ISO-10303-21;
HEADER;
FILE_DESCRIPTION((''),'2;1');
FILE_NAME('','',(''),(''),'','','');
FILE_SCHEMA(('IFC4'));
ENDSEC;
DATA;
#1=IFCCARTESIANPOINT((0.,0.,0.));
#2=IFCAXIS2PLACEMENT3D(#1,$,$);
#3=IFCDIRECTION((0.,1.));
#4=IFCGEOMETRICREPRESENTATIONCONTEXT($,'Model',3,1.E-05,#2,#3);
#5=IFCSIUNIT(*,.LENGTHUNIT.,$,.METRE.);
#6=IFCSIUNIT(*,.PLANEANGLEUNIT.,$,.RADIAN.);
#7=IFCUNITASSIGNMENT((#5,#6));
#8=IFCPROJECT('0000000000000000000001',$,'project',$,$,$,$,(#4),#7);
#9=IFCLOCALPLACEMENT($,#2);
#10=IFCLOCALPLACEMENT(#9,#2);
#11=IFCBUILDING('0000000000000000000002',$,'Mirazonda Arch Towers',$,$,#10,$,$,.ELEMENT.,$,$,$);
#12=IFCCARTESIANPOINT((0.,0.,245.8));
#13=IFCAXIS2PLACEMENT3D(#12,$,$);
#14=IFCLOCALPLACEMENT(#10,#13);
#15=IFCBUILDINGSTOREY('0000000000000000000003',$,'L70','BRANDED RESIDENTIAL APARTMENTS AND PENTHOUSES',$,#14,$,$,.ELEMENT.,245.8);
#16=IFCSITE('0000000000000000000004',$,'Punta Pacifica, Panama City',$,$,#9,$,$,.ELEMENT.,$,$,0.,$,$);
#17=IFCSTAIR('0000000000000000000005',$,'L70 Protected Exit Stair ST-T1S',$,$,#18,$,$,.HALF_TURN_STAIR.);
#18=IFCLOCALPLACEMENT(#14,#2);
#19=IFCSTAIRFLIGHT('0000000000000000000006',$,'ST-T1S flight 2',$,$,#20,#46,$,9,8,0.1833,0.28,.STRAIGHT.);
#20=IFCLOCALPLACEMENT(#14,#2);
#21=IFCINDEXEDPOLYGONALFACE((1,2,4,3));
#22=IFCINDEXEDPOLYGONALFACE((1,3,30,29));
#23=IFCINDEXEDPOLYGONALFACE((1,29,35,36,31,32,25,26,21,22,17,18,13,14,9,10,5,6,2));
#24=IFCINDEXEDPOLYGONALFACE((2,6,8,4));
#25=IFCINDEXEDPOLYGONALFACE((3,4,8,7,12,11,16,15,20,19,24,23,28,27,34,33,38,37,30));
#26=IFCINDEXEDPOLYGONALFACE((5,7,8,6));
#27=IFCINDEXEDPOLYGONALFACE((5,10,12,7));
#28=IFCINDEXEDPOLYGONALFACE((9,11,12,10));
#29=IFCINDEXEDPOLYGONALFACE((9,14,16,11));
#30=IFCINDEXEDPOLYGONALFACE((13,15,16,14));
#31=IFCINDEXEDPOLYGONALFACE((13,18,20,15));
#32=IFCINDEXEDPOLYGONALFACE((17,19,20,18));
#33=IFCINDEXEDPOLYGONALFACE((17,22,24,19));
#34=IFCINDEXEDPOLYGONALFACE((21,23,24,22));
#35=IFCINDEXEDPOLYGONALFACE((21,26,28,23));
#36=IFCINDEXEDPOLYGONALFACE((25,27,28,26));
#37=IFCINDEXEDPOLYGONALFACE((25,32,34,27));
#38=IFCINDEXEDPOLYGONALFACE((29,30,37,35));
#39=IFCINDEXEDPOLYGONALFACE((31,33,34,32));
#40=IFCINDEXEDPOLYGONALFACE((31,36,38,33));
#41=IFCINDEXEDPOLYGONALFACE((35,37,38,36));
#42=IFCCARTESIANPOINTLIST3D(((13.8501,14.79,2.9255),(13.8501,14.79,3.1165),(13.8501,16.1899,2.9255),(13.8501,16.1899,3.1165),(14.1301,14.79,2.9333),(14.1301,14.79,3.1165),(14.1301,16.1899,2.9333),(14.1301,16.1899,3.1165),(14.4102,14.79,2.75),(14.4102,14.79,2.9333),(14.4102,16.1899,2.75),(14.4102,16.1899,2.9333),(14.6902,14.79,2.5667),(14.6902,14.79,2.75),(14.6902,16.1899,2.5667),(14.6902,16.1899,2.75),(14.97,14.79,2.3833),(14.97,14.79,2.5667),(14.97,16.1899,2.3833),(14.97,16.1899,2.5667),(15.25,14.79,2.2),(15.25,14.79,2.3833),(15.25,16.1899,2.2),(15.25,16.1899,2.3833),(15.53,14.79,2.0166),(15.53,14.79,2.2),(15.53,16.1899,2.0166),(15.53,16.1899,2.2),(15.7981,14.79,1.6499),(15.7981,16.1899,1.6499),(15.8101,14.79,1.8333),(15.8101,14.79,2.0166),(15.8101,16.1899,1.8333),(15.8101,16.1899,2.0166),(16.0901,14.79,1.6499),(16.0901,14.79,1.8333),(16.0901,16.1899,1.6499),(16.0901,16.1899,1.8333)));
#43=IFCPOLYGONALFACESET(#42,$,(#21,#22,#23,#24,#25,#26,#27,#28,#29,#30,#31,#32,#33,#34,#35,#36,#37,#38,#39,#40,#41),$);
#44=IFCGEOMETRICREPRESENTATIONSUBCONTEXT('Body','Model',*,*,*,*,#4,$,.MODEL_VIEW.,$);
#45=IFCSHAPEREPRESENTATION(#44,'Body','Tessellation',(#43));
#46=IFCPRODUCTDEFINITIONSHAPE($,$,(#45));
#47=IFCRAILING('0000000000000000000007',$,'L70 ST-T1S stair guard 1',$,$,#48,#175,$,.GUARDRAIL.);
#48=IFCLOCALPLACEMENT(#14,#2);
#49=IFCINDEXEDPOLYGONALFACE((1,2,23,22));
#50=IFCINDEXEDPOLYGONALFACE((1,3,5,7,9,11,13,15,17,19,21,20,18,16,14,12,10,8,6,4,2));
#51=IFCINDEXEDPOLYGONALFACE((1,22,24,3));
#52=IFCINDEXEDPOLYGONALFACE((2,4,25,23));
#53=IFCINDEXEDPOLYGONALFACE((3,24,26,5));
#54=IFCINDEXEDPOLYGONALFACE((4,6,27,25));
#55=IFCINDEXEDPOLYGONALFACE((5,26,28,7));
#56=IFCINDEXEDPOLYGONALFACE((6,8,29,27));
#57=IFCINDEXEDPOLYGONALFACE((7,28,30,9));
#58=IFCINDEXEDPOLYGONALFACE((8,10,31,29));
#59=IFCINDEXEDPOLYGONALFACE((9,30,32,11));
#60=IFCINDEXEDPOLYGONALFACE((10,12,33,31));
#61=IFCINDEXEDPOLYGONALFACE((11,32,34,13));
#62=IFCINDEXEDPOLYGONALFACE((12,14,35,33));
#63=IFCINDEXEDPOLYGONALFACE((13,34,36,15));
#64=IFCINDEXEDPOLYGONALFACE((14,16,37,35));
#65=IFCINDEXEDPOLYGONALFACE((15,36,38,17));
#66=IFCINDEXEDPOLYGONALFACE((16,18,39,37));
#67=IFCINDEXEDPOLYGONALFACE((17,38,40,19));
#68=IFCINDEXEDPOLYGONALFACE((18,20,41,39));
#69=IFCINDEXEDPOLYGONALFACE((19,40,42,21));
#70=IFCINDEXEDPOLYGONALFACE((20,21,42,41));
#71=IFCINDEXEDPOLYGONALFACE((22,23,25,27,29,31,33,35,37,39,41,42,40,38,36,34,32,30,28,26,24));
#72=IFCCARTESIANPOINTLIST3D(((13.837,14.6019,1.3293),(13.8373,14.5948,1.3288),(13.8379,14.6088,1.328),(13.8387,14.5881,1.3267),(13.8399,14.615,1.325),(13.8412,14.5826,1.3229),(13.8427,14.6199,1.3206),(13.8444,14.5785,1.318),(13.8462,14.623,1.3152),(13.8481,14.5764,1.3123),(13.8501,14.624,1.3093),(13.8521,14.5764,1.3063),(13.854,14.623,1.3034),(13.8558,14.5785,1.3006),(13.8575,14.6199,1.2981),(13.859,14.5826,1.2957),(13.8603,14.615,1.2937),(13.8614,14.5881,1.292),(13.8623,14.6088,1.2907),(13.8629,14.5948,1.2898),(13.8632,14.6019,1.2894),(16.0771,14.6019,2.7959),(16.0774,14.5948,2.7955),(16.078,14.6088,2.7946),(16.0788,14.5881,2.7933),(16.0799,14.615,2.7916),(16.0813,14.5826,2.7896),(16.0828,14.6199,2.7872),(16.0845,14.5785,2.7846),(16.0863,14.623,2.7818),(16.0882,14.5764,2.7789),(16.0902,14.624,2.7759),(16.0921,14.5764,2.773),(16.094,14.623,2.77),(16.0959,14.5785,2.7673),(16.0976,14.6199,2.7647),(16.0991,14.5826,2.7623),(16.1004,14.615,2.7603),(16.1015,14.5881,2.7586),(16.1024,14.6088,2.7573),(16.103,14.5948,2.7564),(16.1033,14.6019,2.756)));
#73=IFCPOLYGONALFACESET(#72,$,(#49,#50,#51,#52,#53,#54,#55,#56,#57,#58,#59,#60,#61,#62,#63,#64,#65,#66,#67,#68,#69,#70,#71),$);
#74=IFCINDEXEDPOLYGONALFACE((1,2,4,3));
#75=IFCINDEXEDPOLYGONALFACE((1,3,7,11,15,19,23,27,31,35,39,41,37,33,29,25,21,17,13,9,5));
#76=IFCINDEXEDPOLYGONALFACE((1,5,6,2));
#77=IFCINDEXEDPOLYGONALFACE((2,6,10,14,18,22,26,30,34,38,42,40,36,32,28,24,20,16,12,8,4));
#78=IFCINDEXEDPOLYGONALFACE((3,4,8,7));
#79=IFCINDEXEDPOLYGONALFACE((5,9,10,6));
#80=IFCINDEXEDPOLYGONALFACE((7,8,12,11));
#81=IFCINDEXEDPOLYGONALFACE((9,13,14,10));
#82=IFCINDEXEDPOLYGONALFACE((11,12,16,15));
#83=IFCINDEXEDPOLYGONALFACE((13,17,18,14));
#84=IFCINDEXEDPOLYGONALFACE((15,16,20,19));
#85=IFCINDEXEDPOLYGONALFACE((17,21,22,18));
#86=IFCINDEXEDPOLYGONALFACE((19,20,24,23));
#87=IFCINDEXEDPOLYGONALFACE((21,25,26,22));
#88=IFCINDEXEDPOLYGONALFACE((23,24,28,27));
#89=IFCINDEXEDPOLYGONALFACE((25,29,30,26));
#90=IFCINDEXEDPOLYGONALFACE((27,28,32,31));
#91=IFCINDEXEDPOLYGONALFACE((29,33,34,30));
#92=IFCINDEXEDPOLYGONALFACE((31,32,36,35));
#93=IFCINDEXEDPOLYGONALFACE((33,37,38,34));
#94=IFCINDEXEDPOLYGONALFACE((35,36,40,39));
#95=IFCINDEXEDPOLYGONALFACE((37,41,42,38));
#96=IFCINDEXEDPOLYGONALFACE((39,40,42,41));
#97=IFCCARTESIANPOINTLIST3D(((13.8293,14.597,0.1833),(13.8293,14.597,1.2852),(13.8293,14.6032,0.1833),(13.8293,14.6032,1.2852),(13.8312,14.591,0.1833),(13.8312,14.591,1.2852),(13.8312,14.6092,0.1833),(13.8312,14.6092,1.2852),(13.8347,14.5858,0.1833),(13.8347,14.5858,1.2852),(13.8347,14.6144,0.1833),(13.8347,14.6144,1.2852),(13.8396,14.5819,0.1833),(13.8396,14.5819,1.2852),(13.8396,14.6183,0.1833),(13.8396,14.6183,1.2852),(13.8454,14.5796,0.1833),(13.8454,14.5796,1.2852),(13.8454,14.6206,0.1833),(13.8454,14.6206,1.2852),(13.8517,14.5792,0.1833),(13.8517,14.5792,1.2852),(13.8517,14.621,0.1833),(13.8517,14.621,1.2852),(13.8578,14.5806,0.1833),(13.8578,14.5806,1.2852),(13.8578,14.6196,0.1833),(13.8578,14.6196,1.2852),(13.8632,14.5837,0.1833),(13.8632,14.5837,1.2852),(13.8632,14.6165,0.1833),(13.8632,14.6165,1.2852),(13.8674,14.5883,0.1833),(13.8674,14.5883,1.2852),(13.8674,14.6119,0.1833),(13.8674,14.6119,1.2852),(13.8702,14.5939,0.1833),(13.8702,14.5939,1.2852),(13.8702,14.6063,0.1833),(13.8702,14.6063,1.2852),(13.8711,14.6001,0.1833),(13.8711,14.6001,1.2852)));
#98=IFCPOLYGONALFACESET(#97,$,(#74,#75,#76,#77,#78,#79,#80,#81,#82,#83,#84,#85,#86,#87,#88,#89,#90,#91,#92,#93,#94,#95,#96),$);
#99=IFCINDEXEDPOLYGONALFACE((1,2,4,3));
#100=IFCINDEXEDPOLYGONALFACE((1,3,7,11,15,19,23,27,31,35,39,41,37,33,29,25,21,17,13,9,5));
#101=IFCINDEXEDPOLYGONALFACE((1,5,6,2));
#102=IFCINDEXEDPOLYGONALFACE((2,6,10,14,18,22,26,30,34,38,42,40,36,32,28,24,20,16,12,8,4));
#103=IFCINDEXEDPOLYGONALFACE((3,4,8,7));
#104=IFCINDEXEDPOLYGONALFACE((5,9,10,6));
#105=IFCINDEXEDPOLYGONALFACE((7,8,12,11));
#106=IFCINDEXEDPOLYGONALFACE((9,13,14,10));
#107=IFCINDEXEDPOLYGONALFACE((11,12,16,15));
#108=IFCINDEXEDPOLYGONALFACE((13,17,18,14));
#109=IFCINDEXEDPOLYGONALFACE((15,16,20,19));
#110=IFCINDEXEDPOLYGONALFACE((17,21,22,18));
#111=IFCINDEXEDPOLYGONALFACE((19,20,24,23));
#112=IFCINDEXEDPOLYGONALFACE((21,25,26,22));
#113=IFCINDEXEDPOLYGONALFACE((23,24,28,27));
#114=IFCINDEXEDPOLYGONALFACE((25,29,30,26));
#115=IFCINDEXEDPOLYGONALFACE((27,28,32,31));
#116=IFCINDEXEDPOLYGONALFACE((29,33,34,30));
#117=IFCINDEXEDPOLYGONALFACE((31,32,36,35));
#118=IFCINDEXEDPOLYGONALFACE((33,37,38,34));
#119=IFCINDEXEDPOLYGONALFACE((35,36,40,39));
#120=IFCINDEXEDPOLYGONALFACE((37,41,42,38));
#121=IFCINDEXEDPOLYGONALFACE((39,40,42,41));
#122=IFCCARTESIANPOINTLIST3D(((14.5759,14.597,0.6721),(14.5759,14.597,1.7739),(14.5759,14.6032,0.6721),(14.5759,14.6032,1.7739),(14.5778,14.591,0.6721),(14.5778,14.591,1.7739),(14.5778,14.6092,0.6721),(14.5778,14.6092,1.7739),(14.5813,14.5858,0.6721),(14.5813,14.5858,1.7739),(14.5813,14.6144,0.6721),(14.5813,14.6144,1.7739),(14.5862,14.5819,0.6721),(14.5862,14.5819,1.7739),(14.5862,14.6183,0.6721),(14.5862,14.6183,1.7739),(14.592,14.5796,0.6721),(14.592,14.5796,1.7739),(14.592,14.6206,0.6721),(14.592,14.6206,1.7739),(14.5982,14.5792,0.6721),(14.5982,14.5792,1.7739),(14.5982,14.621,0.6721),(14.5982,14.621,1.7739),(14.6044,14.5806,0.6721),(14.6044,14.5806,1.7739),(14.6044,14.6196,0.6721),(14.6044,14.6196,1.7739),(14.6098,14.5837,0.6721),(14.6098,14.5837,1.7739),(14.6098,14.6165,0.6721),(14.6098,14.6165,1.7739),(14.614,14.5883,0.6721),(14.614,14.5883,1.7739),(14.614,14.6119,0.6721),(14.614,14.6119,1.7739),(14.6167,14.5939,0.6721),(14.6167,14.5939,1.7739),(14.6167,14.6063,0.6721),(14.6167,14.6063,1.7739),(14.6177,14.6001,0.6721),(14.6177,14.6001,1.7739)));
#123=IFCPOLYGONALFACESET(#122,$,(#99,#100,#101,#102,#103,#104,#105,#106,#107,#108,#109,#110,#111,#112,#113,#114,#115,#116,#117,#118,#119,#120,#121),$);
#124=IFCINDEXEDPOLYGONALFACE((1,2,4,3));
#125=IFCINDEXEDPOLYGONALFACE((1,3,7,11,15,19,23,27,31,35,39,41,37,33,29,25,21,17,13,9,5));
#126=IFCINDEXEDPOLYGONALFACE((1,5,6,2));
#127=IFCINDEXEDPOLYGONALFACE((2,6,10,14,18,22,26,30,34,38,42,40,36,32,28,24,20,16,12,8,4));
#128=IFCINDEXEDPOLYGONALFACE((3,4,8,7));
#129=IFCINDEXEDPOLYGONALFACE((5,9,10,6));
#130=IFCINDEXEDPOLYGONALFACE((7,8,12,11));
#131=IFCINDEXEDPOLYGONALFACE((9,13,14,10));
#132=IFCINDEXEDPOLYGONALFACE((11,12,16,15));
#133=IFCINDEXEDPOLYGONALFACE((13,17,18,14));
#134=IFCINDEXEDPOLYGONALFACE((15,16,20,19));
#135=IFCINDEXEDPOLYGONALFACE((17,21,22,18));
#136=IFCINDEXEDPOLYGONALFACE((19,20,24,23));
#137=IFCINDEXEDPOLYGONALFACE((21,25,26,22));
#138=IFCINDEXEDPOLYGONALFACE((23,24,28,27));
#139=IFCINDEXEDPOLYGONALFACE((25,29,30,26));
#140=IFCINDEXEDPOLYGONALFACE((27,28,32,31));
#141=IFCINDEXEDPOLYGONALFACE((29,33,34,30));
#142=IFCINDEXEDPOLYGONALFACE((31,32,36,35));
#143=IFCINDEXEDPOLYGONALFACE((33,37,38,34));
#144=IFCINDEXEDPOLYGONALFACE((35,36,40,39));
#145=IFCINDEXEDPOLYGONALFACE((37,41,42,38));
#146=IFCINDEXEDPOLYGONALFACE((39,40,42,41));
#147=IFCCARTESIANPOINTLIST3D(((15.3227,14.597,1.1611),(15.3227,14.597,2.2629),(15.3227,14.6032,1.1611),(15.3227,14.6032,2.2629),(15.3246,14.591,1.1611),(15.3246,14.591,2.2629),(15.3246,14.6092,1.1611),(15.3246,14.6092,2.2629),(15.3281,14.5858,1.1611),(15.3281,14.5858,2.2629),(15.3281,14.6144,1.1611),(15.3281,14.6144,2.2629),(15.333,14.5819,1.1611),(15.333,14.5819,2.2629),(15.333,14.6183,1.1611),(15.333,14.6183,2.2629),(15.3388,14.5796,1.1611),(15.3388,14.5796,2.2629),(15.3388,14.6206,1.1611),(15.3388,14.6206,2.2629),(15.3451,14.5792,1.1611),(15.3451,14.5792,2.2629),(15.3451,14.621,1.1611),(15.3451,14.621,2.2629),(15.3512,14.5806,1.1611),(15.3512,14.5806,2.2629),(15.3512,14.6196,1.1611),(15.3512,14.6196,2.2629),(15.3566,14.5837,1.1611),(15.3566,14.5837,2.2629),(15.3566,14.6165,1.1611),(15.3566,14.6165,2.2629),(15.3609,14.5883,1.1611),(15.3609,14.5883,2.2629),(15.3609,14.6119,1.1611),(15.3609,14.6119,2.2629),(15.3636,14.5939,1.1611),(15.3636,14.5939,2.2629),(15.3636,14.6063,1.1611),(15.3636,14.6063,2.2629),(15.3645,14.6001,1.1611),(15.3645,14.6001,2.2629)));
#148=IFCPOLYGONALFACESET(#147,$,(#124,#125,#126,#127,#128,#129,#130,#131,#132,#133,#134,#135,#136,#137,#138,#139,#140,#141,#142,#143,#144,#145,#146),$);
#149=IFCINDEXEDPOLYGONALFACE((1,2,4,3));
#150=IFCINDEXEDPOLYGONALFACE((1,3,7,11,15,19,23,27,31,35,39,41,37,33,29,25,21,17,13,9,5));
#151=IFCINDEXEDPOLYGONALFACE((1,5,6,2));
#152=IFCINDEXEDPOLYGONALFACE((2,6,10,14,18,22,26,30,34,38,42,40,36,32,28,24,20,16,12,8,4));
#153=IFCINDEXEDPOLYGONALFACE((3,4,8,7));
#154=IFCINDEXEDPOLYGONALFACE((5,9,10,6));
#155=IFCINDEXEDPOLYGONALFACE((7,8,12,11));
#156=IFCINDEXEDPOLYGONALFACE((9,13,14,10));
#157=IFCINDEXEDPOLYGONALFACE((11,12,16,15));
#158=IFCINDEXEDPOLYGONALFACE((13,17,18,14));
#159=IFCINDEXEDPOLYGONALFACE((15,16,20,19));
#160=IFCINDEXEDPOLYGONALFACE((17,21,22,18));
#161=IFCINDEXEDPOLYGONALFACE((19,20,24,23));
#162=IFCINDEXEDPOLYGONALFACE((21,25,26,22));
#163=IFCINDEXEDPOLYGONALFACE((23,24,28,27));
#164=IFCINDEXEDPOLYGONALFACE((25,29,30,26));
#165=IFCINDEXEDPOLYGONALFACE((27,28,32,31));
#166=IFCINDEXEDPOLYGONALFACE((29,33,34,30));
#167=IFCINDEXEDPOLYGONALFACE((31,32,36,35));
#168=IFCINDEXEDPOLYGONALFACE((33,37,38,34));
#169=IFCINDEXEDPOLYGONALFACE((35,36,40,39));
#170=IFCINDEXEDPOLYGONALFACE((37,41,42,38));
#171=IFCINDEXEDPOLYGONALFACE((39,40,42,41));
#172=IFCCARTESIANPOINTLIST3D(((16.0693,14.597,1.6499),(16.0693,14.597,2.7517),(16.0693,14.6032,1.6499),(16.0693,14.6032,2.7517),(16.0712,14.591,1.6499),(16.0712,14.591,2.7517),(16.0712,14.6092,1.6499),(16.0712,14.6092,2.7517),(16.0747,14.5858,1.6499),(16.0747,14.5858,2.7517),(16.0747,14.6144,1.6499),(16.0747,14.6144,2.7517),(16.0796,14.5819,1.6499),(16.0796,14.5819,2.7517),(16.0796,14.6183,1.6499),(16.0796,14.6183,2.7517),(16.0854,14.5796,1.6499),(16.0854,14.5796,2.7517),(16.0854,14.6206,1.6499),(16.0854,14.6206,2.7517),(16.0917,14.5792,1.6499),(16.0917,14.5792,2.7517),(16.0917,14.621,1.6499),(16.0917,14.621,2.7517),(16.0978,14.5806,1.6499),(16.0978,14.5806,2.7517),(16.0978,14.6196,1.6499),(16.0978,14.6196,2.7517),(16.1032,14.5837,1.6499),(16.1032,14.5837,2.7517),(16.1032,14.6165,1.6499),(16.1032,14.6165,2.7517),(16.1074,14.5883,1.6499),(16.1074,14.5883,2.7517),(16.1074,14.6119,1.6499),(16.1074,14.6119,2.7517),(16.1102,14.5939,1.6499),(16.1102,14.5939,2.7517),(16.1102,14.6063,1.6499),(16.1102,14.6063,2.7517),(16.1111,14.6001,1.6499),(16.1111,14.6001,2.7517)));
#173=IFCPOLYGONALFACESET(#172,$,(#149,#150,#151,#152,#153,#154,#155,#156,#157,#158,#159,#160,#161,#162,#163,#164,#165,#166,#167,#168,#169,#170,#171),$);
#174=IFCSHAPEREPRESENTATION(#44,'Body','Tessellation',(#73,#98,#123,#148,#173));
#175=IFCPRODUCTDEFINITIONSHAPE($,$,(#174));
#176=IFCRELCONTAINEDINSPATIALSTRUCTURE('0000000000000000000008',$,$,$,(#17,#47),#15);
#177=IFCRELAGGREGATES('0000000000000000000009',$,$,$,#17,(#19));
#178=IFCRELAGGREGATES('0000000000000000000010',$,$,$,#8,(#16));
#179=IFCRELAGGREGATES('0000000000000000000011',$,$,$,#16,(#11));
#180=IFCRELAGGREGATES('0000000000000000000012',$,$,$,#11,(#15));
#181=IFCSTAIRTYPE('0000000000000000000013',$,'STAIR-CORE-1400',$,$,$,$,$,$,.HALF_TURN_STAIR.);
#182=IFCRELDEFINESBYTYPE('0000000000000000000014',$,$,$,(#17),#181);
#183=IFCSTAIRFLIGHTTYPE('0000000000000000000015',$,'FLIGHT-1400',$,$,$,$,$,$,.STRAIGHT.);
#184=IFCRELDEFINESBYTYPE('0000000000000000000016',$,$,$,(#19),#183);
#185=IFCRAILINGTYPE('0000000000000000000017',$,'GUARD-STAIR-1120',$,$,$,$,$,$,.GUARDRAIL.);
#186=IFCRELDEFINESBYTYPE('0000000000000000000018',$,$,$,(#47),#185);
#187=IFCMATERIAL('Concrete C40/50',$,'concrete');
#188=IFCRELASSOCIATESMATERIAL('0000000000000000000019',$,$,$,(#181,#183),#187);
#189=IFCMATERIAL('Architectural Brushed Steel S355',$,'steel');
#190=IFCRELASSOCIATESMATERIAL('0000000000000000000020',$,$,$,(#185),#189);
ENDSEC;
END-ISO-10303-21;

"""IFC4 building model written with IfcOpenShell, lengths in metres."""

from ifc_helpers import new_model, si_unit, direction, frame, origin, origin_2d, place, context, subcontext, project, spatial, polyline, circle, outline, extrude, material, type_object, element, aggregate, save


model = new_model("IFC4")

# Units and contexts
model_context = context("Model", 3, precision=1e-05, world=origin(), true_north=direction((0.0, 1.0)))
body_context = subcontext(model_context, "Body", "Model", "MODEL_VIEW")
ifc_project = project(units=[si_unit("LENGTHUNIT", "METRE"), si_unit("PLANEANGLEUNIT", "RADIAN")], contexts=[model_context])

# Site, building, storey
site_placement = place(None, origin())
site = spatial("IfcSite", under=ifc_project, at=site_placement, Name="Punta Pacifica, Panama City", CompositionType="ELEMENT", RefElevation=0.0)
building_placement = place(site_placement, origin())
building = spatial("IfcBuilding", under=site, at=building_placement, Name="Mirazonda Arch Towers", CompositionType="ELEMENT")
storey_placement = place(building_placement, frame((0.0, 0.0, 245.8)))
storey = spatial("IfcBuildingStorey", under=building, at=storey_placement, Name="L70", Description="BRANDED RESIDENTIAL APARTMENTS AND PENTHOUSES", CompositionType="ELEMENT", Elevation=245.8)

# Stair, stair flight
ifc_material_1 = material(Name="Concrete C40/50", Category="concrete")
stair_type = type_object("IfcStairType", Name="STAIR-CORE-1400", PredefinedType="HALF_TURN_STAIR", material=ifc_material_1)
stair_placement = place(storey_placement, origin())
stair = element("IfcStair", 1, at=stair_placement, inside=storey, type_object=stair_type, Name="L70 Protected Exit Stair ST-T1S", PredefinedType="HALF_TURN_STAIR")
stair_flight_type = type_object("IfcStairFlightType", Name="FLIGHT-1400", PredefinedType="STRAIGHT", material=ifc_material_1)
stair_flight_1_placement = place(storey_placement, frame((16.0901, 15.49, 1.6499), z_axis=(0.0, 0.0, 1.0), x_axis=(-1.0, 0.0, 0.0)))
stair_flight_1 = element("IfcStairFlight", 2, at=stair_flight_1_placement, type_object=stair_flight_type, Name="ST-T1S flight 2", NumberOfRisers=9, NumberOfTreads=8, PredefinedType="STRAIGHT", RiserHeight=0.1833, TreadLength=0.28, context=body_context, shape_type="SweptSolid", body=[
    extrude(outline(polyline([(0.0, 0.0), (0.0, 0.1833), (0.28, 0.1833), (0.28, 0.3667), (0.5601, 0.3667), (0.5601, 0.55), (0.8401, 0.55), (0.8401, 0.7334), (1.1201, 0.7334), (1.1201, 0.9167), (1.3999, 0.9167), (1.3999, 1.1001), (1.6799, 1.1001), (1.6799, 1.2834), (1.96, 1.2834), (1.96, 1.4666), (2.24, 1.4666), (2.24, 1.6499), (2.24, 1.2756), (0.292, 0.0), (0.0, 0.0)])), frame((0.0, 0.7, 0.0), z_axis=(0.0, -1.0, 0.0), x_axis=(1.0, 0.0, 0.0)), (0.0, 0.0, 1.0), 1.3999),
])
aggregate(stair, [stair_flight_1])

# Railing
ifc_material_2 = material(Name="Architectural Brushed Steel S355", Category="steel")
railing_type_1 = type_object("IfcRailingType", Name="GUARD-STAIR-1120", PredefinedType="GUARDRAIL", material=ifc_material_2)
railing_1_placement = place(storey_placement, frame((13.8501, 14.6001, 0.1833)))
element("IfcRailing", 3, at=railing_1_placement, inside=storey, type_object=railing_type_1, Name="L70 ST-T1S stair guard 1", PredefinedType="GUARDRAIL", context=body_context, shape_type="SweptSolid", body=[
    extrude(circle(Radius=0.0239, at=origin_2d()), frame((0.0, 0.0, 1.126), z_axis=(0.836637, 0.0, 0.547758), x_axis=(0.0, 1.0, 0.0)), (0.0, 0.0, 1.0), 2.6775),
    extrude(circle(Radius=0.021, at=origin_2d()), origin(), (0.0, 0.0, 1.0), 1.1018),
    extrude(circle(Radius=0.021, at=origin_2d()), frame((0.7466, 0.0, 0.4888)), (0.0, 0.0, 1.0), 1.1018),
    extrude(circle(Radius=0.021, at=origin_2d()), frame((1.4934, 0.0, 0.9778)), (0.0, 0.0, 1.0), 1.1018),
    extrude(circle(Radius=0.021, at=origin_2d()), frame((2.24, 0.0, 1.4666)), (0.0, 0.0, 1.0), 1.1018),
])

save(model, "model.ifc")
